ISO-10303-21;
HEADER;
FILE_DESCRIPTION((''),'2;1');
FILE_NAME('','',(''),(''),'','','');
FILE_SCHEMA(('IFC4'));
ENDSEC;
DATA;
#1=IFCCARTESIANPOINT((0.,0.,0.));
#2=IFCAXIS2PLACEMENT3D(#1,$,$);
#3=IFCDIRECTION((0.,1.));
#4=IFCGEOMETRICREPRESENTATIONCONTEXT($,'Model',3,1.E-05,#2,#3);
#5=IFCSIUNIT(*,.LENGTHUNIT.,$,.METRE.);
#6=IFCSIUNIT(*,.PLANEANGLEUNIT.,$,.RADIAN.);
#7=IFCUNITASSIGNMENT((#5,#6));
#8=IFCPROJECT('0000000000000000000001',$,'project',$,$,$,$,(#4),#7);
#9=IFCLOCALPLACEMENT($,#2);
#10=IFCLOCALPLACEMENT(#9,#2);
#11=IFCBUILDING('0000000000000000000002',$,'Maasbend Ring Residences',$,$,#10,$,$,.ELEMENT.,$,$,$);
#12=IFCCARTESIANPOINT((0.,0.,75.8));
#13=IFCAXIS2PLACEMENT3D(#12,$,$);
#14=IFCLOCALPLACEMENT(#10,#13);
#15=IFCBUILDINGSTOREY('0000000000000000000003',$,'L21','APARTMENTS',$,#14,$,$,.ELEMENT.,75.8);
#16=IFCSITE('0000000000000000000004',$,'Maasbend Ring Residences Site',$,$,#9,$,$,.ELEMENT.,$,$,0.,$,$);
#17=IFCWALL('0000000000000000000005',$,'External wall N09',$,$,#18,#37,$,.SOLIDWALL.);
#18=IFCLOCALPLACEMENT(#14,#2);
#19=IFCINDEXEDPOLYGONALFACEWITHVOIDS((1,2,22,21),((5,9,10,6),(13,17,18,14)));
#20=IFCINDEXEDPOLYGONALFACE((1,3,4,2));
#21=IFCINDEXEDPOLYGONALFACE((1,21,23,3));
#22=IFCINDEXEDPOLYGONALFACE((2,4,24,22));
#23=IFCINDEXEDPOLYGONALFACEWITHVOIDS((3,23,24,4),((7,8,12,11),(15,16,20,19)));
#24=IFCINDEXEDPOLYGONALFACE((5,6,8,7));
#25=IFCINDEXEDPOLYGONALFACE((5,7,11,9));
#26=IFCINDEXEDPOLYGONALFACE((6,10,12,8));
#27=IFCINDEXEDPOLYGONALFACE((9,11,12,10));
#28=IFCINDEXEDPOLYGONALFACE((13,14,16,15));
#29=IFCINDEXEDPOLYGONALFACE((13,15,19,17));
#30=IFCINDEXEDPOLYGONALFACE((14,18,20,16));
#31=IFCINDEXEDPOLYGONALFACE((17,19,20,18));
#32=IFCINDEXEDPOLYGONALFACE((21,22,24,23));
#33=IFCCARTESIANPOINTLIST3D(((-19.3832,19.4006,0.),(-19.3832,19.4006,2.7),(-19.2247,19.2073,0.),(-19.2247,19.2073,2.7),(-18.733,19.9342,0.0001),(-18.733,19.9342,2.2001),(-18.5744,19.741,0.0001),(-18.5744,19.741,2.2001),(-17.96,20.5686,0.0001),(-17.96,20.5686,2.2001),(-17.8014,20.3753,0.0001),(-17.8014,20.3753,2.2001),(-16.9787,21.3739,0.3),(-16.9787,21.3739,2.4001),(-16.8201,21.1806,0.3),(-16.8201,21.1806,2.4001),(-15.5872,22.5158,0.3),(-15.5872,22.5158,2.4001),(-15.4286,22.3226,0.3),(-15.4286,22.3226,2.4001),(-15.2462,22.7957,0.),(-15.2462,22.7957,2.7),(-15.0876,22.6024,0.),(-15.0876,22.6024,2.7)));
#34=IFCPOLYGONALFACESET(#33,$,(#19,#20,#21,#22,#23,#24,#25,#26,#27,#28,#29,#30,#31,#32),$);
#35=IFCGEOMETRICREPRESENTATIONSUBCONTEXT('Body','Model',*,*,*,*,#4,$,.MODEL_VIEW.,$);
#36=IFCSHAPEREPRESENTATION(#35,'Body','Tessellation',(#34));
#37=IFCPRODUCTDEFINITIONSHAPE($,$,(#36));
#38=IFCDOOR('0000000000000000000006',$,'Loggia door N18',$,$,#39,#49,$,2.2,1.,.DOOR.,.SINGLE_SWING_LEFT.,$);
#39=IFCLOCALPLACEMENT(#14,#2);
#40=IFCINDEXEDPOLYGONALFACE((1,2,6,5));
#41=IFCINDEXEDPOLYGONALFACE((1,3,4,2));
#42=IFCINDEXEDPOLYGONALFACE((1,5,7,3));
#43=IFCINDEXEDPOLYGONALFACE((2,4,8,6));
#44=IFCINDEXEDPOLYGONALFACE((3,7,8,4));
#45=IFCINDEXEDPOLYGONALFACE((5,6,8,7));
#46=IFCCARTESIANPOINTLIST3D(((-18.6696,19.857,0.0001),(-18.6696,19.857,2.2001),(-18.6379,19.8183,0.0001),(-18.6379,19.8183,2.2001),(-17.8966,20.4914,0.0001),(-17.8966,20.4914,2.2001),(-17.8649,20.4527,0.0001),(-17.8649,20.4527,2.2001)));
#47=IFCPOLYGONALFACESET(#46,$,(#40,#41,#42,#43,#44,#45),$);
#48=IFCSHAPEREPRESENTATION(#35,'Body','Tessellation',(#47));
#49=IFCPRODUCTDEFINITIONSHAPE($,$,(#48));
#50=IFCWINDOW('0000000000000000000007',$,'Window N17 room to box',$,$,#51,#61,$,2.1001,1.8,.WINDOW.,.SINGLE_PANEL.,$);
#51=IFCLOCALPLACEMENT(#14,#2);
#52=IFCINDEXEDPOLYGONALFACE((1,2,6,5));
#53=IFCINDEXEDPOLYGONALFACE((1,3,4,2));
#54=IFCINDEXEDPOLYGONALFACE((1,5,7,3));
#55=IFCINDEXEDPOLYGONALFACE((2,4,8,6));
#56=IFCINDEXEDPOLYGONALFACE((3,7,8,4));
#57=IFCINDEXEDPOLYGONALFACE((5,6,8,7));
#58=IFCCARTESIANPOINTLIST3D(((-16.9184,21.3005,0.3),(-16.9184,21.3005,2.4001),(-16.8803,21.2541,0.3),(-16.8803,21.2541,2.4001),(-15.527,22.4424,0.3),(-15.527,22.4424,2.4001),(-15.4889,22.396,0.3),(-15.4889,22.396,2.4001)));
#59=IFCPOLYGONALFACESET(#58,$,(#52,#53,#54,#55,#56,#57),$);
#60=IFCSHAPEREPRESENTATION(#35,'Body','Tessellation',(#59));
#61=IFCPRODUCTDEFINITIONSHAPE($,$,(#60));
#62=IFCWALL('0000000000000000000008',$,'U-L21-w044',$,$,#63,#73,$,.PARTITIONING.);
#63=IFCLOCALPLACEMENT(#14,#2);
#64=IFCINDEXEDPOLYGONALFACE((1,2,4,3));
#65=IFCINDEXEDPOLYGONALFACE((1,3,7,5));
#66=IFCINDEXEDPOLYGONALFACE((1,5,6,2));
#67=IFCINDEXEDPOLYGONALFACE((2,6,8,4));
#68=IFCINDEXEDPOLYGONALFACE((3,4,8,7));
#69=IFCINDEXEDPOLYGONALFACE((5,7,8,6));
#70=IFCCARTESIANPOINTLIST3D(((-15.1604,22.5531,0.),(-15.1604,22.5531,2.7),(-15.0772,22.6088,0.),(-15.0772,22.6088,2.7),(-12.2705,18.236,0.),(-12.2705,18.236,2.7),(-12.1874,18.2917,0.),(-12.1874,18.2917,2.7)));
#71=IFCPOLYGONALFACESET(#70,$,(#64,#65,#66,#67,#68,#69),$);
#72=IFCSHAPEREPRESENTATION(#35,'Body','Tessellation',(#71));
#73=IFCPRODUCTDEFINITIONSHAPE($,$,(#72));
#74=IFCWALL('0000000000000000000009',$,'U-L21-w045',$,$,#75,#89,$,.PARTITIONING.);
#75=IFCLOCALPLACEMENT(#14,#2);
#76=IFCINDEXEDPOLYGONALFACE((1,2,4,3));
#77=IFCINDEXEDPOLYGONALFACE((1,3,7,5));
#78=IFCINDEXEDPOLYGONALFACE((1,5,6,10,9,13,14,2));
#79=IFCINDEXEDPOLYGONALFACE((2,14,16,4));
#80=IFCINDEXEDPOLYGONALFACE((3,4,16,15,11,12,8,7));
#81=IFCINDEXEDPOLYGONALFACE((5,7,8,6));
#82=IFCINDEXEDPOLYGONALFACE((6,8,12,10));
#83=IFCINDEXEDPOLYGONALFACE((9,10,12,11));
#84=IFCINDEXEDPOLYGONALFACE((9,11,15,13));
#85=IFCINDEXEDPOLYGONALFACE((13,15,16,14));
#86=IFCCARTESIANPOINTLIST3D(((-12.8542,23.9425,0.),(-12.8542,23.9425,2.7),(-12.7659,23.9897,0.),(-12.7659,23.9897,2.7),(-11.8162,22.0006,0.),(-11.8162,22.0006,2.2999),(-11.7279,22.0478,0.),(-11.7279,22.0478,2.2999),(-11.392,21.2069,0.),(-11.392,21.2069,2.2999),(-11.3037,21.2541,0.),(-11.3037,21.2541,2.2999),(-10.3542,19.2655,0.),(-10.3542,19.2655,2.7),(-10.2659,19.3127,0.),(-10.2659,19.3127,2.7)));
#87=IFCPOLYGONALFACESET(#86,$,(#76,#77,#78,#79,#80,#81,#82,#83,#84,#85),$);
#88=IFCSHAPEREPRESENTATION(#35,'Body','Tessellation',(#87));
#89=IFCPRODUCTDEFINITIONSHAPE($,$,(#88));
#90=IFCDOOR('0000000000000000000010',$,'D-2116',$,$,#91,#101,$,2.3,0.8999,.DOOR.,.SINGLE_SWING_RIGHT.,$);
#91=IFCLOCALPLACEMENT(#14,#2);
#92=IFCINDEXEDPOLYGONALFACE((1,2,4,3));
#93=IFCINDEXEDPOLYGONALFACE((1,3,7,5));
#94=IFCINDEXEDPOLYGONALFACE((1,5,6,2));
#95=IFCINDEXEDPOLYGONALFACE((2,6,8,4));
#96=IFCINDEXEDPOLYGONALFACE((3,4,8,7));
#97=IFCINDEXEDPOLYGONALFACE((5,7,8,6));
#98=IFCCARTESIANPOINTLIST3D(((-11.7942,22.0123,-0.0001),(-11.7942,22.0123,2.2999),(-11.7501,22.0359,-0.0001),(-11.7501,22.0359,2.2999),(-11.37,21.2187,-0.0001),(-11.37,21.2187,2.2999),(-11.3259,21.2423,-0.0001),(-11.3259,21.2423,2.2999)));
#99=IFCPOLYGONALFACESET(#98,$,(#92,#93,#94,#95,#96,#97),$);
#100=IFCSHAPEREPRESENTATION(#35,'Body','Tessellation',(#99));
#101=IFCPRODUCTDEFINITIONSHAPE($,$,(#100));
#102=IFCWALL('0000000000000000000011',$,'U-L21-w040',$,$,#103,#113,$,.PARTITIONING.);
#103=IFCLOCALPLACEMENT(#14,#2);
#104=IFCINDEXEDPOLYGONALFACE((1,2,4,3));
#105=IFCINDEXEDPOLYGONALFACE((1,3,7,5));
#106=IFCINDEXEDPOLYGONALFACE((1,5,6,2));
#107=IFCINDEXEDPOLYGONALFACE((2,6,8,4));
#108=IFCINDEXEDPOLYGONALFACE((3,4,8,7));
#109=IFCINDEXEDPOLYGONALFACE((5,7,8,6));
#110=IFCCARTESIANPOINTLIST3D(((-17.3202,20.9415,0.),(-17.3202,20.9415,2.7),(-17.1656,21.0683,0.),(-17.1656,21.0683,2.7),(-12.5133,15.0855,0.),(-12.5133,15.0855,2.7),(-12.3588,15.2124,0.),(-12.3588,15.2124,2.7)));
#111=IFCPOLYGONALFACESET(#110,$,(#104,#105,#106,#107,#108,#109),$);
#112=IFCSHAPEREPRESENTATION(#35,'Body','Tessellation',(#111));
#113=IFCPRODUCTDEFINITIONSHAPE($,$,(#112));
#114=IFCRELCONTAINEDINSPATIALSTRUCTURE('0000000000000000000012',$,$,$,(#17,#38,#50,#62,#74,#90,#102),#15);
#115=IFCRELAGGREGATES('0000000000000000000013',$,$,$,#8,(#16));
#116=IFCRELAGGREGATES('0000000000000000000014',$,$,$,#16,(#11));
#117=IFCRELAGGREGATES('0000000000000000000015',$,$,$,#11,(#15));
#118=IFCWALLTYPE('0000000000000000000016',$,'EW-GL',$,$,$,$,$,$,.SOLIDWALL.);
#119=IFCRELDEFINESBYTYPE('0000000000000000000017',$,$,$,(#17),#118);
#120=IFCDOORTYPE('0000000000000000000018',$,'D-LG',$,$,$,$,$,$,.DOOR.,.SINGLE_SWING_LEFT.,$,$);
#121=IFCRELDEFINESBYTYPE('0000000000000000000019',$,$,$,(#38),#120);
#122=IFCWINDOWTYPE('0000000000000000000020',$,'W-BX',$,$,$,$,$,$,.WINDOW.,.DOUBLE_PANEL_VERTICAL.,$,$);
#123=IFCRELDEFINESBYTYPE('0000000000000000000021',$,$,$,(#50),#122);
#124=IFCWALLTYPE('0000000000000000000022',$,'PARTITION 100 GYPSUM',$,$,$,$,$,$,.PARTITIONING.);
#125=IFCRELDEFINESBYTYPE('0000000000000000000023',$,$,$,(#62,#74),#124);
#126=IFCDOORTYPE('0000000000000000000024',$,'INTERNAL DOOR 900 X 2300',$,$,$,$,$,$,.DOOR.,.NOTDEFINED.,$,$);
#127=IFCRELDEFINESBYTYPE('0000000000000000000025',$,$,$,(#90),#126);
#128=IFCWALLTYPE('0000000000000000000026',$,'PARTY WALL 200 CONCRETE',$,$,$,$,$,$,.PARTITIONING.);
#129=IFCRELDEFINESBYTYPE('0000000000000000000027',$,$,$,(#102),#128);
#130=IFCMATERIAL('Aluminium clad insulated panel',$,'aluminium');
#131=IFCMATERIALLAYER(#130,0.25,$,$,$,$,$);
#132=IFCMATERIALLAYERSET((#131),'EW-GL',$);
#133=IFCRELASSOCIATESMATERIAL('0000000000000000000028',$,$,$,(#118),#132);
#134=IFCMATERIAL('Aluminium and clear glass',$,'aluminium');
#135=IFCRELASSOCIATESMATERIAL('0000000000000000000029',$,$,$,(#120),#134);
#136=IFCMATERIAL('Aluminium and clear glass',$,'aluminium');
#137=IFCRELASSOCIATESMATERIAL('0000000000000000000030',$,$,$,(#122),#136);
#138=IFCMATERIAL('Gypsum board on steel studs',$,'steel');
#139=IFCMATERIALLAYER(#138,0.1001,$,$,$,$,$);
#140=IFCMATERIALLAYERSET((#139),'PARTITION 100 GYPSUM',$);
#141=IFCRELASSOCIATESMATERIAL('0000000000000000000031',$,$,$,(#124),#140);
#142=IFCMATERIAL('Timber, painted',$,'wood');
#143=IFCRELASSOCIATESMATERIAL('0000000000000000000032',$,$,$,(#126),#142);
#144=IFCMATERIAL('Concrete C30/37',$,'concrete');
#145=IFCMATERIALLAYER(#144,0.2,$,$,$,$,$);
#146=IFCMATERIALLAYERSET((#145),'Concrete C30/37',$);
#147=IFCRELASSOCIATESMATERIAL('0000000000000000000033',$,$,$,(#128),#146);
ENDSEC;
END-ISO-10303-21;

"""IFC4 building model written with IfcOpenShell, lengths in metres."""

from ifc_helpers import new_model, si_unit, direction, frame, frame_2d, origin, place, context, subcontext, project, spatial, rectangle, extrude, material, layer, layer_set, type_object, element, fill, save


model = new_model("IFC4")

# Units and contexts
model_context = context("Model", 3, precision=1e-05, world=origin(), true_north=direction((0.0, 1.0)))
body_context = subcontext(model_context, "Body", "Model", "MODEL_VIEW")
ifc_project = project(units=[si_unit("LENGTHUNIT", "METRE"), si_unit("PLANEANGLEUNIT", "RADIAN")], contexts=[model_context])

# Site, building, storey
site_placement = place(None, origin())
site = spatial("IfcSite", under=ifc_project, at=site_placement, Name="Maasbend Ring Residences Site", CompositionType="ELEMENT", RefElevation=0.0)
building_placement = place(site_placement, origin())
building = spatial("IfcBuilding", under=site, at=building_placement, Name="Maasbend Ring Residences", CompositionType="ELEMENT")
storey_placement = place(building_placement, frame((0.0, 0.0, 75.8)))
storey = spatial("IfcBuildingStorey", under=building, at=storey_placement, Name="L21", Description="APARTMENTS", CompositionType="ELEMENT", Elevation=75.8)

# Wall, openings, door, window
ifc_material_1 = material(Name="Aluminium clad insulated panel", Category="aluminium")
ifc_layer_1 = layer(ifc_material_1, 0.25)
ifc_layer_set_1 = layer_set([ifc_layer_1], Name="EW-GL")
wall_type_1 = type_object("IfcWallType", Name="EW-GL", PredefinedType="SOLIDWALL", material=ifc_layer_set_1)
wall_1_placement = place(storey_placement, frame((-15.167, 22.699, 0.0), z_axis=(0.0, 0.0, 1.0), x_axis=(-0.773019, -0.634382, 0.0)))
wall_1 = element("IfcWall", 1, at=wall_1_placement, inside=storey, type_object=wall_type_1, Name="External wall N09", PredefinedType="SOLIDWALL", context=body_context, shape_type="SweptSolid", body=[
    extrude(rectangle(XDim=5.3518, YDim=0.25, at=frame_2d((2.6758, 0.0))), origin(), (0.0, 0.0, 1.0), 2.7),
])
opening_1_placement = place(wall_1_placement, frame((0.4412, 0.0, 0.3)))
opening_1 = element("IfcOpeningElement", 2, at=opening_1_placement, cuts=wall_1, PredefinedType="OPENING", context=body_context, shape_type="SweptSolid", body=[
    extrude(rectangle(XDim=1.8, YDim=2.1001, at=frame_2d((0.8999, 1.05))), frame((0.0, 0.135, 0.0), z_axis=(0.0, -1.0, 0.0), x_axis=(1.0, 0.0, 0.0)), (0.0, 0.0, 1.0), 0.27),
])
opening_2_placement = place(wall_1_placement, frame((3.5105, 0.0, 0.0)))
opening_2 = element("IfcOpeningElement", 3, at=opening_2_placement, cuts=wall_1, PredefinedType="OPENING", context=body_context, shape_type="SweptSolid", body=[
    extrude(rectangle(XDim=1.0, YDim=2.2, at=frame_2d((0.5, 1.1001))), frame((0.0, 0.135, 0.0), z_axis=(0.0, -1.0, 0.0), x_axis=(1.0, 0.0, 0.0)), (0.0, 0.0, 1.0), 0.27),
])
ifc_material_2 = material(Name="Aluminium and clear glass", Category="aluminium")
door_type_1 = type_object("IfcDoorType", Name="D-LG", OperationType="SINGLE_SWING_LEFT", PredefinedType="DOOR", material=ifc_material_2)
door_1_placement = place(opening_2_placement, origin())
door_1 = element("IfcDoor", 4, at=door_1_placement, inside=storey, type_object=door_type_1, Name="Loggia door N18", OperationType="SINGLE_SWING_LEFT", OverallHeight=2.2, OverallWidth=1.0, PredefinedType="DOOR", context=body_context, shape_type="SweptSolid", body=[
    extrude(rectangle(XDim=1.0, YDim=2.2, at=frame_2d((0.5, 1.1001))), frame((0.0, 0.0249, 0.0), z_axis=(0.0, -1.0, 0.0), x_axis=(1.0, 0.0, 0.0)), (0.0, 0.0, 1.0), 0.05),
])
fill(opening_2, door_1)
ifc_material_3 = material(Name="Aluminium and clear glass", Category="aluminium")
window_type_1 = type_object("IfcWindowType", Name="W-BX", PartitioningType="DOUBLE_PANEL_VERTICAL", PredefinedType="WINDOW", material=ifc_material_3)
window_1_placement = place(opening_1_placement, origin())
window_1 = element("IfcWindow", 5, at=window_1_placement, inside=storey, type_object=window_type_1, Name="Window N17 room to box", OverallHeight=2.1001, OverallWidth=1.8, PartitioningType="SINGLE_PANEL", PredefinedType="WINDOW", context=body_context, shape_type="SweptSolid", body=[
    extrude(rectangle(XDim=1.8, YDim=2.1001, at=frame_2d((0.8999, 1.05))), frame((0.0, 0.03, 0.0), z_axis=(0.0, -1.0, 0.0), x_axis=(1.0, 0.0, 0.0)), (0.0, 0.0, 1.0), 0.0601),
])
fill(opening_1, window_1)

# Wall
ifc_material_4 = material(Name="Gypsum board on steel studs", Category="steel")
ifc_layer_2 = layer(ifc_material_4, 0.1001)
ifc_layer_set_2 = layer_set([ifc_layer_2], Name="PARTITION 100 GYPSUM")
wall_type_2 = type_object("IfcWallType", Name="PARTITION 100 GYPSUM", PredefinedType="PARTITIONING", material=ifc_layer_set_2)
wall_2_placement = place(storey_placement, frame((-15.1189, 22.5811, 0.0), z_axis=(0.0, 0.0, 1.0), x_axis=(0.556272, -0.831, 0.0)))
element("IfcWall", 6, at=wall_2_placement, inside=storey, type_object=wall_type_2, Name="U-L21-w044", PredefinedType="PARTITIONING", context=body_context, shape_type="SweptSolid", body=[
    extrude(rectangle(XDim=5.1951, YDim=0.1001, at=frame_2d((2.5977, 0.0))), origin(), (0.0, 0.0, 1.0), 2.7),
])

# Wall, opening, door
wall_3_placement = place(storey_placement, frame((-12.8101, 23.9661, 0.0), z_axis=(0.0, 0.0, 1.0), x_axis=(0.47141, -0.881914, 0.0)))
wall_3 = element("IfcWall", 7, at=wall_3_placement, inside=storey, type_object=wall_type_2, Name="U-L21-w045", PredefinedType="PARTITIONING", context=body_context, shape_type="SweptSolid", body=[
    extrude(rectangle(XDim=5.3032, YDim=0.1001, at=frame_2d((2.6516, 0.0))), origin(), (0.0, 0.0, 1.0), 2.7),
])
opening_3_placement = place(wall_3_placement, frame((2.2019, 0.0, 0.0)))
opening_3 = element("IfcOpeningElement", 8, at=opening_3_placement, cuts=wall_3, PredefinedType="OPENING", context=body_context, shape_type="SweptSolid", body=[
    extrude(rectangle(XDim=0.8999, YDim=2.3, at=frame_2d((0.45, 1.1499))), frame((0.0, 0.0601, 0.0), z_axis=(0.0, -1.0, 0.0), x_axis=(1.0, 0.0, 0.0)), (0.0, 0.0, 1.0), 0.1201),
])
ifc_material_5 = material(Name="Timber, painted", Category="wood")
door_type_2 = type_object("IfcDoorType", Name="INTERNAL DOOR 900 X 2300", OperationType="NOTDEFINED", PredefinedType="DOOR", material=ifc_material_5)
door_2_placement = place(opening_3_placement, origin())
door_2 = element("IfcDoor", 9, at=door_2_placement, inside=storey, type_object=door_type_2, Name="D-2116", OperationType="SINGLE_SWING_RIGHT", OverallHeight=2.3, OverallWidth=0.8999, PredefinedType="DOOR", context=body_context, shape_type="SweptSolid", body=[
    extrude(rectangle(XDim=0.8999, YDim=2.3, at=frame_2d((0.45, 1.1499))), frame((0.0, 0.0249, 0.0), z_axis=(0.0, -1.0, 0.0), x_axis=(1.0, 0.0, 0.0)), (0.0, 0.0, 1.0), 0.05),
])
fill(opening_3, door_2)

# Wall
ifc_material_6 = material(Name="Concrete C30/37", Category="concrete")
ifc_layer_3 = layer(ifc_material_6, 0.2)
ifc_layer_set_3 = layer_set([ifc_layer_3], Name="Concrete C30/37")
wall_type_3 = type_object("IfcWallType", Name="PARTY WALL 200 CONCRETE", PredefinedType="PARTITIONING", material=ifc_layer_set_3)
wall_4_placement = place(storey_placement, frame((-17.2429, 21.0049, 0.0), z_axis=(0.0, 0.0, 1.0), x_axis=(0.634474, -0.772944, 0.0)))
element("IfcWall", 10, at=wall_4_placement, inside=storey, type_object=wall_type_3, Name="U-L21-w040", PredefinedType="PARTITIONING", context=body_context, shape_type="SweptSolid", body=[
    extrude(rectangle(XDim=7.5762, YDim=0.2, at=frame_2d((3.7881, 0.0))), origin(), (0.0, 0.0, 1.0), 2.7),
])

save(model, "model.ifc")
